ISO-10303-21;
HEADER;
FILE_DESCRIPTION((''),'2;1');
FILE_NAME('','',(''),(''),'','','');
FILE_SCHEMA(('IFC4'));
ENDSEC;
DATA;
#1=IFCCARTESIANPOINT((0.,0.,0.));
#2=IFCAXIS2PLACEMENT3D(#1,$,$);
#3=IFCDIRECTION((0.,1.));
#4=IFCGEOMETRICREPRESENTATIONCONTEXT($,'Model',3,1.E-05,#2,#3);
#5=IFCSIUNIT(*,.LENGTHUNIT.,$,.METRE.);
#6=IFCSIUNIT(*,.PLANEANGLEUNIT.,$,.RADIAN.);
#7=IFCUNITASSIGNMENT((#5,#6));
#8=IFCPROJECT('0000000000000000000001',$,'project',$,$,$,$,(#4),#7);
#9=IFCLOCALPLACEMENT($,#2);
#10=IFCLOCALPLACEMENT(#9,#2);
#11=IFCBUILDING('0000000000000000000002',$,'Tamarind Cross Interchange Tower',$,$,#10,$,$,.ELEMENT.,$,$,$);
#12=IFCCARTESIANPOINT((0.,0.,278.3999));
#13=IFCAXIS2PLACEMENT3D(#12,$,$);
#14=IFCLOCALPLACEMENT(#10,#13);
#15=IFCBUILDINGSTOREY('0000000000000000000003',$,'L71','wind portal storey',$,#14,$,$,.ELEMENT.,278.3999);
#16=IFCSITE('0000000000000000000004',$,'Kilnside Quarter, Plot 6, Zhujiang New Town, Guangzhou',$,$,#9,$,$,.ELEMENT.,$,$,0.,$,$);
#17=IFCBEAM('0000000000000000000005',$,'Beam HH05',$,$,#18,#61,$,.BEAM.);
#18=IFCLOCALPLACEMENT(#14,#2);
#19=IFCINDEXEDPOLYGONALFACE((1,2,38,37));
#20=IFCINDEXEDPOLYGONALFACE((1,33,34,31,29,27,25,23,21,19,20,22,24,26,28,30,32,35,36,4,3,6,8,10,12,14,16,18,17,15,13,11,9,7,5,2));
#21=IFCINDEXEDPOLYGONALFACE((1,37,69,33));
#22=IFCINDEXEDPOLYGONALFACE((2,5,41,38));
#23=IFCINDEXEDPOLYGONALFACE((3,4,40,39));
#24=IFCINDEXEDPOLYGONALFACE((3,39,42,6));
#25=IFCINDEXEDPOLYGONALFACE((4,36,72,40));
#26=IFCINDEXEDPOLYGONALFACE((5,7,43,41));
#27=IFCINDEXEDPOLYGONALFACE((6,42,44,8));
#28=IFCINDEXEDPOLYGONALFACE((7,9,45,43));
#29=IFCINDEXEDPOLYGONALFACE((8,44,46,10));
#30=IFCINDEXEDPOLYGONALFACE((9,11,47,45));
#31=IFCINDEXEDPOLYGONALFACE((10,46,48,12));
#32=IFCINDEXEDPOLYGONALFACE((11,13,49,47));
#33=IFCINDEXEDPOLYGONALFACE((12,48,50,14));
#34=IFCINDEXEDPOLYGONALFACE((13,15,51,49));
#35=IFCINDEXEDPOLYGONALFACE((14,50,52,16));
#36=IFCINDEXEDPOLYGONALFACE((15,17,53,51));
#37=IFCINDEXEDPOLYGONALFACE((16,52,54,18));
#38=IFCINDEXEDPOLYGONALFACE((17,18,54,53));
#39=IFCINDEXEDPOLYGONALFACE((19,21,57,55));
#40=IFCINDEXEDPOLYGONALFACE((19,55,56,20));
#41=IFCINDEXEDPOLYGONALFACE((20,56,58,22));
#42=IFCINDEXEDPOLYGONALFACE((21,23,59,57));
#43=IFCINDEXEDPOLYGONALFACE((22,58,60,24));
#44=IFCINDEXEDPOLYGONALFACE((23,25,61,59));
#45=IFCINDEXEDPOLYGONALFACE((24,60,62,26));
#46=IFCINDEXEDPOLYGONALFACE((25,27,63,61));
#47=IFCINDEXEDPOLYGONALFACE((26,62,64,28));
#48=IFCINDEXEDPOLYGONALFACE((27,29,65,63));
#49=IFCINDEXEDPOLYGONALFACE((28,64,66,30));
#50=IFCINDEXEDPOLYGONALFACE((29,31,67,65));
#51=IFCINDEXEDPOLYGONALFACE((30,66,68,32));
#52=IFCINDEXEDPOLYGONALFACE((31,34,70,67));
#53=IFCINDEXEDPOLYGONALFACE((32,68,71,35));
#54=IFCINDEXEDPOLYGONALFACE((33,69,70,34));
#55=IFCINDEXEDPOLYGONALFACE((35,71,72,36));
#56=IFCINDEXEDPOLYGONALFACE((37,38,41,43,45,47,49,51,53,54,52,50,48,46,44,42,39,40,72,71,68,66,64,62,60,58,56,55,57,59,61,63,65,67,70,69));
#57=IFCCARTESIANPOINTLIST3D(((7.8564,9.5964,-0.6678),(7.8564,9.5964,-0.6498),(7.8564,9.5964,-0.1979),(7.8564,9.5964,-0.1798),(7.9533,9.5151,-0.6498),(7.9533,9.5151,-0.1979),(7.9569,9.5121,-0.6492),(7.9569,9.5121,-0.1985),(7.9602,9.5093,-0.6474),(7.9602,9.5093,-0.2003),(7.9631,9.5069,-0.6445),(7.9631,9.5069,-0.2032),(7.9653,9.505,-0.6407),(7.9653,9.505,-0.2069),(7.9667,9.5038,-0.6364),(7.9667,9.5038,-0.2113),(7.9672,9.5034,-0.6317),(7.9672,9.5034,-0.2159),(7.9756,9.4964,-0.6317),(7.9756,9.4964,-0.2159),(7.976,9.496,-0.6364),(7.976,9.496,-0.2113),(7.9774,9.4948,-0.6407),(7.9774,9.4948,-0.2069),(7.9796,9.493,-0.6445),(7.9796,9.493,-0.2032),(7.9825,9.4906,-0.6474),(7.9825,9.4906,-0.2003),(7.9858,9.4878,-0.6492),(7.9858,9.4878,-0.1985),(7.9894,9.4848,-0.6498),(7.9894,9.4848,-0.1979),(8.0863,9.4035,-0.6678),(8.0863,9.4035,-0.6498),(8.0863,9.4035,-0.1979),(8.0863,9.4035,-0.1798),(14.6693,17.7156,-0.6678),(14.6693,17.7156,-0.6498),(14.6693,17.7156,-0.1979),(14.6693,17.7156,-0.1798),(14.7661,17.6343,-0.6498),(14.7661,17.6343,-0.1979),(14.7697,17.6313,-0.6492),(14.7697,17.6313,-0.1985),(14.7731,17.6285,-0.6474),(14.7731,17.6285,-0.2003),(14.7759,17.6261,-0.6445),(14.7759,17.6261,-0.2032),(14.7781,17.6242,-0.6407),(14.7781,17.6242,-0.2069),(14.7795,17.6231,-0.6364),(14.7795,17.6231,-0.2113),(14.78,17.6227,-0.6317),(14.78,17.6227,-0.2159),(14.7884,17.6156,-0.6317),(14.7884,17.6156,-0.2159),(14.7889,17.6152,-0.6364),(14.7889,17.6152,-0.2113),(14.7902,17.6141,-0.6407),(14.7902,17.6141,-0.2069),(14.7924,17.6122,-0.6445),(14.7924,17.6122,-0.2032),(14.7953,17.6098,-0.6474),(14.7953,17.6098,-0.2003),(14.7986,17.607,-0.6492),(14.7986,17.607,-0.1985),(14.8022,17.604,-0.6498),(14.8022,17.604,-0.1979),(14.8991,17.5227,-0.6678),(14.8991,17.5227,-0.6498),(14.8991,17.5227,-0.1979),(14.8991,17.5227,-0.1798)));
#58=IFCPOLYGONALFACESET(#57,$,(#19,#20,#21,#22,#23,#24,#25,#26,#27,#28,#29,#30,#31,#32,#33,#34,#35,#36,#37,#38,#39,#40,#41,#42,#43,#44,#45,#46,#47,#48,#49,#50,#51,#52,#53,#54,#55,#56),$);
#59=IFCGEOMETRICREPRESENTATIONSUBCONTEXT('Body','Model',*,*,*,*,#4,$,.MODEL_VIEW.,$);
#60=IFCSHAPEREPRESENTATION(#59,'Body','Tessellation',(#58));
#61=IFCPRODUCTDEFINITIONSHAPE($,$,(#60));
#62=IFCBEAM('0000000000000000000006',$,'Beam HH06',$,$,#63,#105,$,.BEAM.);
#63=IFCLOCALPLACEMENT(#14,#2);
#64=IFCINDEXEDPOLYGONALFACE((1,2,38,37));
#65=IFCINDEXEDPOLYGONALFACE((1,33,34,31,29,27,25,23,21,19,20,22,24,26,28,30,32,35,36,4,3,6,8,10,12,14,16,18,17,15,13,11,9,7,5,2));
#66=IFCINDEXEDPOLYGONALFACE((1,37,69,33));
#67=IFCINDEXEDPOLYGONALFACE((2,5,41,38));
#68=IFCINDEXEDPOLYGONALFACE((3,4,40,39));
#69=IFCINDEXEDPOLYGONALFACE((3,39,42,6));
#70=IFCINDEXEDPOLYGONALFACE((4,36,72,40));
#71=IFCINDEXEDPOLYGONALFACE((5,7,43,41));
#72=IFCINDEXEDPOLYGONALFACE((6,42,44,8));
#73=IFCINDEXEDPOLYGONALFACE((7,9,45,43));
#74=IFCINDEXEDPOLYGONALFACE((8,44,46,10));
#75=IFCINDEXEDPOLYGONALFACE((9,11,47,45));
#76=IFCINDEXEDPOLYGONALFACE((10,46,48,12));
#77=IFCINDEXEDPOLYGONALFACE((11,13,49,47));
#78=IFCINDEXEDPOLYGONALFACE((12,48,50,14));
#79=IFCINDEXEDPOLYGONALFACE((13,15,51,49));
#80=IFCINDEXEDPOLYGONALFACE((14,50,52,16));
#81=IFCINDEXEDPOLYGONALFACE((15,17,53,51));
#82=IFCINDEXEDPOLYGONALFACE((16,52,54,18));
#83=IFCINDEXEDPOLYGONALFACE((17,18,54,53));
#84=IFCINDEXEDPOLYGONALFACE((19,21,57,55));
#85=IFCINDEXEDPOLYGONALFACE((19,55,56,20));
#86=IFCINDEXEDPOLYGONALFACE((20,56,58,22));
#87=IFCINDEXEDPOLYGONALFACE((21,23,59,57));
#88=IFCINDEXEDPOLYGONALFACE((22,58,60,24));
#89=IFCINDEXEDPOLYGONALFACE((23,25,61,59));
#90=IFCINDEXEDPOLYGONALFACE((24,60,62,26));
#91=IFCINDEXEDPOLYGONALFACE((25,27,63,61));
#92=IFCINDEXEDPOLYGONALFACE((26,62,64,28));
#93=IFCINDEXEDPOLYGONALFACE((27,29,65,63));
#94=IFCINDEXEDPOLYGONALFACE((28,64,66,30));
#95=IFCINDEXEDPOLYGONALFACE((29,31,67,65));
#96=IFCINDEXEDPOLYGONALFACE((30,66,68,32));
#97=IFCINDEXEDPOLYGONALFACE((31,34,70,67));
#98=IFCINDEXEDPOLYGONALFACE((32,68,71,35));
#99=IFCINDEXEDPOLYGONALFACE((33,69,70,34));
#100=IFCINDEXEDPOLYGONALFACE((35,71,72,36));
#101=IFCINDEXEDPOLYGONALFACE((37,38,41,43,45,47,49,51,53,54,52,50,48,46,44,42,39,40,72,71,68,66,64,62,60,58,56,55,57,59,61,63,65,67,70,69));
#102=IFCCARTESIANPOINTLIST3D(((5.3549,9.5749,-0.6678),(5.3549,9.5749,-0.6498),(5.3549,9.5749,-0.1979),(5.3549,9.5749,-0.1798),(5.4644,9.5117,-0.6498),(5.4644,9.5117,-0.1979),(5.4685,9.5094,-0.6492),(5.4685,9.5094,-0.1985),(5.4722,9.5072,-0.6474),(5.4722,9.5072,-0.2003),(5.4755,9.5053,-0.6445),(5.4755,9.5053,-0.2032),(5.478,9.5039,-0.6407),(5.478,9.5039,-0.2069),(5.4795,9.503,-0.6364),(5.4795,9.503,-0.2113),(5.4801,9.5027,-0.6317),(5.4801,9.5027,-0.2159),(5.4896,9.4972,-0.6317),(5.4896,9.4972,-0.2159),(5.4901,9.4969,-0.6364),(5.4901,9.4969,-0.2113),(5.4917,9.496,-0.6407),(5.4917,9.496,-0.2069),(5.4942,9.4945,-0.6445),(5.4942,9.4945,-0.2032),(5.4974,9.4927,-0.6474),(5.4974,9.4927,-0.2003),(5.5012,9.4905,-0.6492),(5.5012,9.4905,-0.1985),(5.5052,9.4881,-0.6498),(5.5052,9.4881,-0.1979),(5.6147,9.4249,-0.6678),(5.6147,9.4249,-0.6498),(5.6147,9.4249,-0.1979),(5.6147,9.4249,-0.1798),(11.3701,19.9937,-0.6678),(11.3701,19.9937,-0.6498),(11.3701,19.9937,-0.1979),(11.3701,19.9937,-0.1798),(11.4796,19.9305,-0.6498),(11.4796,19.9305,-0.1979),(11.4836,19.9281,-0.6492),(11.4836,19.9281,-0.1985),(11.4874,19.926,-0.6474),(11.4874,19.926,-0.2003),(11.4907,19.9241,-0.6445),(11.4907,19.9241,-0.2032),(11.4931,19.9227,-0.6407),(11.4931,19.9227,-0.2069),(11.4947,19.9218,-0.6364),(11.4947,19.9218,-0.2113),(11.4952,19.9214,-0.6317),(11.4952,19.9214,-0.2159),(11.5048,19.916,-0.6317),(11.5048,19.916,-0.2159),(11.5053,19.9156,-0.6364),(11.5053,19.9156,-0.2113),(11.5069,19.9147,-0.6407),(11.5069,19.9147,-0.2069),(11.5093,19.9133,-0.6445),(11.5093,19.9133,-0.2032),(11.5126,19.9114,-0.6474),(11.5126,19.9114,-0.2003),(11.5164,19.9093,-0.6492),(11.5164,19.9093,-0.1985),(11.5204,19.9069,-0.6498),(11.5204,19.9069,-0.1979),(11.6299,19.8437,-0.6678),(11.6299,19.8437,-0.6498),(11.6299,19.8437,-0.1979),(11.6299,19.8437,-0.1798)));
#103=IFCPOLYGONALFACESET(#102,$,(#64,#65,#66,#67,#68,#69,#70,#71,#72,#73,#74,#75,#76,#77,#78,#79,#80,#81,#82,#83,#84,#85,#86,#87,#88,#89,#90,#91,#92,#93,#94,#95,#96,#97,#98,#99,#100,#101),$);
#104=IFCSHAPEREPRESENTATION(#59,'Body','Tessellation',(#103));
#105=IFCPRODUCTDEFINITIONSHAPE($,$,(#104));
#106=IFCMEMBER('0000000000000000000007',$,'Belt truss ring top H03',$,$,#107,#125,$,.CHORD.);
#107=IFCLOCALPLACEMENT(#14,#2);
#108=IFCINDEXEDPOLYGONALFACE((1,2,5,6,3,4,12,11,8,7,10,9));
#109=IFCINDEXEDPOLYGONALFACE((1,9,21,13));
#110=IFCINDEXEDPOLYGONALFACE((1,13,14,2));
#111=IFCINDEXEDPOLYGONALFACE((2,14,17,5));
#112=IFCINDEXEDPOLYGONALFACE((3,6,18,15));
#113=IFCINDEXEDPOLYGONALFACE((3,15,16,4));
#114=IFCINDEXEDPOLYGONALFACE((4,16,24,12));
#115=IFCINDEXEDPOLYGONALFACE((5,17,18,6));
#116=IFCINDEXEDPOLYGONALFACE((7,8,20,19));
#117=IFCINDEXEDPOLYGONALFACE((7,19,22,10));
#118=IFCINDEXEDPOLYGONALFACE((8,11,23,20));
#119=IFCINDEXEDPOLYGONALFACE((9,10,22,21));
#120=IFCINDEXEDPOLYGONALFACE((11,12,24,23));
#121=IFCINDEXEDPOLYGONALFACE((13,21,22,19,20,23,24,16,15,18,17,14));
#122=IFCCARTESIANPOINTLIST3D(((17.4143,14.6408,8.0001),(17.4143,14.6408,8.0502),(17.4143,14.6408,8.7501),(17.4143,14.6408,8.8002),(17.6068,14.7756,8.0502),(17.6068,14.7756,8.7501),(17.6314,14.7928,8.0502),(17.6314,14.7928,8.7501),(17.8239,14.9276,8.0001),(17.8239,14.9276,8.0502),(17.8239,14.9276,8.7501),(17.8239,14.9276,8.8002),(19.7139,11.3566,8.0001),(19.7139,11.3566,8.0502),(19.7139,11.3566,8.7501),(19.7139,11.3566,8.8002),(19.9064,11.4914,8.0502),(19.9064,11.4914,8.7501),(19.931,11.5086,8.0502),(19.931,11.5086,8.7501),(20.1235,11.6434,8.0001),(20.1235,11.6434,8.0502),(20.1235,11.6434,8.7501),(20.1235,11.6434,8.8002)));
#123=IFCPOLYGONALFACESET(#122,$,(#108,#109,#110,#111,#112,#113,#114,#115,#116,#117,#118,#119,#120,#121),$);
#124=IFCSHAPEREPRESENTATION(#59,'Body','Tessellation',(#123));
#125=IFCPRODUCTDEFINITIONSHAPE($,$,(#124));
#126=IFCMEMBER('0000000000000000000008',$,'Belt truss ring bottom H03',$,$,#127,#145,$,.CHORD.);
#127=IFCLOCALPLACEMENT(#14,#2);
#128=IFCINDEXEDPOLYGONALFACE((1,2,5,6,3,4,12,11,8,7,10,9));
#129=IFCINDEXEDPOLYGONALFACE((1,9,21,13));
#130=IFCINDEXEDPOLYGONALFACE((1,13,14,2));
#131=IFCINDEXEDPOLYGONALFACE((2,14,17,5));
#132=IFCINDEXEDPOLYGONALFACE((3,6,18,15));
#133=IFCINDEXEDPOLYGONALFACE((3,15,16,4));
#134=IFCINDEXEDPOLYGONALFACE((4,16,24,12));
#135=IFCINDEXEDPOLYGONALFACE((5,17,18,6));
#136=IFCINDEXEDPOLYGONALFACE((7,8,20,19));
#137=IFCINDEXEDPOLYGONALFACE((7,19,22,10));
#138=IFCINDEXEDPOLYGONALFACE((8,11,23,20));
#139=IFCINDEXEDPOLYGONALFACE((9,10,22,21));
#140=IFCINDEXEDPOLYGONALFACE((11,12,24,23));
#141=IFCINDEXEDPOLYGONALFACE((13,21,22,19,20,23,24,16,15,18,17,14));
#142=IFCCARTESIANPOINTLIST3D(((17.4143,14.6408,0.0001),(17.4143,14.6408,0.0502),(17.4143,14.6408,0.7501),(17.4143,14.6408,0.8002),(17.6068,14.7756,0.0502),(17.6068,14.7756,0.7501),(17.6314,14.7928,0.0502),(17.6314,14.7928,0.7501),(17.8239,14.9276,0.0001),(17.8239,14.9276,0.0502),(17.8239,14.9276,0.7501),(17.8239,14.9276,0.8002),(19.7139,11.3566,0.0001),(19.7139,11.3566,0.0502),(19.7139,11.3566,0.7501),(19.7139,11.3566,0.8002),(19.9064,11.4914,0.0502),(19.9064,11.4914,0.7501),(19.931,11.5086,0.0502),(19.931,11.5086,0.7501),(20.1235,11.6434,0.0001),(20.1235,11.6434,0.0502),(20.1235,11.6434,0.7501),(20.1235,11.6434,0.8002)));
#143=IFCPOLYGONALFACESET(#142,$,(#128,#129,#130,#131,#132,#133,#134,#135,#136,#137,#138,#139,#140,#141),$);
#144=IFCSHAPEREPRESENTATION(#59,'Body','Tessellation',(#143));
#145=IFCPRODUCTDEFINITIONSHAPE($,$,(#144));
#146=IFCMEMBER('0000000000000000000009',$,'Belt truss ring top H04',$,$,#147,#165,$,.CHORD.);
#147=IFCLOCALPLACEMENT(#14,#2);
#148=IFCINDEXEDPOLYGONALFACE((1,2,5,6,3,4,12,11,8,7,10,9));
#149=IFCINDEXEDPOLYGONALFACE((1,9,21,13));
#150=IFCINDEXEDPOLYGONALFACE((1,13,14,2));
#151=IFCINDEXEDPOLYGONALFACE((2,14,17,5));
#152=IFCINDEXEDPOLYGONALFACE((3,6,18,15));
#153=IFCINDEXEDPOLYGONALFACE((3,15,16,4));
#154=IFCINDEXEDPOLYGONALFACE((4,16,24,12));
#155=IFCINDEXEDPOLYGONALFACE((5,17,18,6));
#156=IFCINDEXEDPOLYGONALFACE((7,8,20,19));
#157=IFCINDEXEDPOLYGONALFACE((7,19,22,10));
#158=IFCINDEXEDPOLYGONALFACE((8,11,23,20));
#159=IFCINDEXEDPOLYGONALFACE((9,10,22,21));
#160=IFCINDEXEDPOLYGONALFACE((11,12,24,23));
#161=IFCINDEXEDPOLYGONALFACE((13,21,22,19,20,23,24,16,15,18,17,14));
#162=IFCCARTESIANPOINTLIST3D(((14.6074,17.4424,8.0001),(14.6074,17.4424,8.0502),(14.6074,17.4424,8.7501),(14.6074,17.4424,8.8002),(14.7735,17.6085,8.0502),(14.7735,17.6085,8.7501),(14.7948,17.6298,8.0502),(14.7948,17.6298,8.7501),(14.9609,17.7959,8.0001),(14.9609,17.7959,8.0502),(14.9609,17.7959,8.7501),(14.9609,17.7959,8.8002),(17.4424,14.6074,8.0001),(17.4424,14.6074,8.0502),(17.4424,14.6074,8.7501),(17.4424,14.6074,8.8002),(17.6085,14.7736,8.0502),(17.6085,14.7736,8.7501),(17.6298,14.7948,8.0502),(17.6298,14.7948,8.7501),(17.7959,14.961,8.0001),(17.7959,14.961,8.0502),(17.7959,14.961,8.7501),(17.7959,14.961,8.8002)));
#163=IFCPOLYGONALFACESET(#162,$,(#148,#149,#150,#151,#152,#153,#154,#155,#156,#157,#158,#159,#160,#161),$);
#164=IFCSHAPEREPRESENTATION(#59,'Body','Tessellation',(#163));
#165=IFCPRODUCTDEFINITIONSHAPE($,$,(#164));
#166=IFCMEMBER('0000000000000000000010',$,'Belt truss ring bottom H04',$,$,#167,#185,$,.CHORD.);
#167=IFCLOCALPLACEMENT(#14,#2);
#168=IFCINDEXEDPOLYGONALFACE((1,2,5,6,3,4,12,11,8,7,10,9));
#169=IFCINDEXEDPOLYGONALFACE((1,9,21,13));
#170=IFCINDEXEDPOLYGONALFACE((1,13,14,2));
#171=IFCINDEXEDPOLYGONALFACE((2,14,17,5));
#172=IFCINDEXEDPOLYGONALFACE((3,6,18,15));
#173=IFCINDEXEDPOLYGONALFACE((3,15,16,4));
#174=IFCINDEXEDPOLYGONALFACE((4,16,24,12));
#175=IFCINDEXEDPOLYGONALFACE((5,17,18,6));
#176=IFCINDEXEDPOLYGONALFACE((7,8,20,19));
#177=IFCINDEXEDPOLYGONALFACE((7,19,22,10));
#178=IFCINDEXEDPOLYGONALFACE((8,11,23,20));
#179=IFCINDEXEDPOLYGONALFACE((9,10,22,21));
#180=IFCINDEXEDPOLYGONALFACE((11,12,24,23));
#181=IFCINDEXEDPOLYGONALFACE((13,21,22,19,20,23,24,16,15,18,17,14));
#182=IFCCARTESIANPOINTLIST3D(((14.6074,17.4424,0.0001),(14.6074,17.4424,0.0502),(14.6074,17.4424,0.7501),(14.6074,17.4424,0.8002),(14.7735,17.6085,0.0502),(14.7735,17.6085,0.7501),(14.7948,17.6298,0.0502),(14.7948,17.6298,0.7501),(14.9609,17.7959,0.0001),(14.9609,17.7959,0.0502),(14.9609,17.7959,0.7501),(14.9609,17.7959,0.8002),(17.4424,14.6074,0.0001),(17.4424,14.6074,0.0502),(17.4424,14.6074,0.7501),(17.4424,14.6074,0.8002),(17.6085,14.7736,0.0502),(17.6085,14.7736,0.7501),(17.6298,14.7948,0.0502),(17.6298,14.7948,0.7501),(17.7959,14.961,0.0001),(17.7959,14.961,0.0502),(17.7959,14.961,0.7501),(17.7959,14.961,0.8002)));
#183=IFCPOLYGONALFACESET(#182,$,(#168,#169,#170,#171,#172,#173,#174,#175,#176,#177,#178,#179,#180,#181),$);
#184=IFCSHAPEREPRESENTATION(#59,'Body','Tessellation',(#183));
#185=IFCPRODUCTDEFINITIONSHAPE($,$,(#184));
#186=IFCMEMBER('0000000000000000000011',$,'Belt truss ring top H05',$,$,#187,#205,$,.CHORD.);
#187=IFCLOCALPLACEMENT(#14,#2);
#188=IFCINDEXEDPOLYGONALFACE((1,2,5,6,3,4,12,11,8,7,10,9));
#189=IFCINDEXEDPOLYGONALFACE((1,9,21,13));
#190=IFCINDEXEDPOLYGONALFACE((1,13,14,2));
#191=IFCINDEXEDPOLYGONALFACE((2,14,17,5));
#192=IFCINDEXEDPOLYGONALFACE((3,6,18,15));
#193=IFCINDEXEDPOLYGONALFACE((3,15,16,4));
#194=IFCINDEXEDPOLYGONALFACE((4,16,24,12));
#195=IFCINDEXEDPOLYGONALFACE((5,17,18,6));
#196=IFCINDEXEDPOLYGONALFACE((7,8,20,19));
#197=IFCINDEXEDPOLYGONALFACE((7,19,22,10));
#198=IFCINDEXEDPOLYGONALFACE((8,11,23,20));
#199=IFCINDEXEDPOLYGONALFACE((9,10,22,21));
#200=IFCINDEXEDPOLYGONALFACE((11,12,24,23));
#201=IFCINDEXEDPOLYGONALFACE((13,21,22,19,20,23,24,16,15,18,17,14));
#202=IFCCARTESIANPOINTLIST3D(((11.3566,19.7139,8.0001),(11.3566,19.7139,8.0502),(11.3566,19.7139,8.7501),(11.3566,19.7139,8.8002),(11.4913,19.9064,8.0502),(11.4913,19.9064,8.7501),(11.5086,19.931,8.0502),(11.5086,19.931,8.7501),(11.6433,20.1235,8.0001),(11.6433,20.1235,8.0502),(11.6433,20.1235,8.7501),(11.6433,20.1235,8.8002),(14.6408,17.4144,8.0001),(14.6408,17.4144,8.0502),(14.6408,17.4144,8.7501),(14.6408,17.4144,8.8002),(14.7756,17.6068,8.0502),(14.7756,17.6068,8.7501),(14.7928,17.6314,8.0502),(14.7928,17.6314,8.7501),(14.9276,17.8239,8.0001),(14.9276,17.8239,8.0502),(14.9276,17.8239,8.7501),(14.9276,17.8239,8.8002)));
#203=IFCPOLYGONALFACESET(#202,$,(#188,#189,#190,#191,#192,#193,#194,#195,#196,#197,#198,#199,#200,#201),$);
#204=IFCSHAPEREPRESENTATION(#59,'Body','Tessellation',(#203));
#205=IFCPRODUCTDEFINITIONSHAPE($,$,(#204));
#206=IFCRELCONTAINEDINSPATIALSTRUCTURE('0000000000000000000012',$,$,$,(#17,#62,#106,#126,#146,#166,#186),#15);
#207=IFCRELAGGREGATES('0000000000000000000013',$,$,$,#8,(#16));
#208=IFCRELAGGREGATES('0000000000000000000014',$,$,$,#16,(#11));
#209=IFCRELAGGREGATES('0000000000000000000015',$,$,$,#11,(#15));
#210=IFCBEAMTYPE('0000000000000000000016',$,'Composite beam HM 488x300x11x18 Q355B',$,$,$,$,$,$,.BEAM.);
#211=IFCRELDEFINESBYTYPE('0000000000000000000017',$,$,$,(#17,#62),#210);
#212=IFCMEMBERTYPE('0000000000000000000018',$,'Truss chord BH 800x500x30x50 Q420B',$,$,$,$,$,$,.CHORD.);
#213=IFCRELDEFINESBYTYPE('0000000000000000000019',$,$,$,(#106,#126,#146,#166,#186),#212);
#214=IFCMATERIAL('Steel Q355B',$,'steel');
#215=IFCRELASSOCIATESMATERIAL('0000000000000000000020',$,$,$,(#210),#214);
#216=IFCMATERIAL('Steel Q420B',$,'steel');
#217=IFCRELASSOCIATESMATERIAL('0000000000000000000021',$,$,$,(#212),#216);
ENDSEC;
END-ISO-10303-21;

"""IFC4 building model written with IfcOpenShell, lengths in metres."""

from ifc_helpers import new_model, si_unit, direction, frame, origin, origin_2d, place, context, subcontext, project, spatial, i_section, extrude, material, material_profile, profile_set, type_object, element, save


model = new_model("IFC4")

# Units and contexts
model_context = context("Model", 3, precision=1e-05, world=origin(), true_north=direction((0.0, 1.0)))
body_context = subcontext(model_context, "Body", "Model", "MODEL_VIEW")
ifc_project = project(units=[si_unit("LENGTHUNIT", "METRE"), si_unit("PLANEANGLEUNIT", "RADIAN")], contexts=[model_context])

# Site, building, storey
site_placement = place(None, origin())
site = spatial("IfcSite", under=ifc_project, at=site_placement, Name="Kilnside Quarter, Plot 6, Zhujiang New Town, Guangzhou", CompositionType="ELEMENT", RefElevation=0.0)
building_placement = place(site_placement, origin())
building = spatial("IfcBuilding", under=site, at=building_placement, Name="Tamarind Cross Interchange Tower", CompositionType="ELEMENT")
storey_placement = place(building_placement, frame((0.0, 0.0, 278.3999)))
storey = spatial("IfcBuildingStorey", under=building, at=storey_placement, Name="L71", Description="wind portal storey", CompositionType="ELEMENT", Elevation=278.3999)

# Beams
ifc_material_1 = material(Name="Steel Q355B", Category="steel")
ifc_material_profile_1 = material_profile(ifc_material_1, i_section(OverallWidth=0.3, OverallDepth=0.488, WebThickness=0.011, FlangeThickness=0.0181, FilletRadius=0.0181, at=origin_2d()), Name="HM 488x300x11x18")
ifc_profile_set_1 = profile_set([ifc_material_profile_1], Name="Steel Q355B")
beam_type = type_object("IfcBeamType", Name="Composite beam HM 488x300x11x18 Q355B", PredefinedType="BEAM", material=ifc_profile_set_1)
beam_1_placement = place(storey_placement, frame((14.7842, 17.6191, -0.4238), z_axis=(-0.642786, -0.766046, 0.0), x_axis=(0.766046, -0.642786, 0.0)))
element("IfcBeam", 1, at=beam_1_placement, inside=storey, type_object=beam_type, Name="Beam HH05", PredefinedType="BEAM", context=body_context, shape_type="SweptSolid", body=[
    extrude(i_section(OverallWidth=0.3, OverallDepth=0.488, WebThickness=0.011, FlangeThickness=0.0181, FilletRadius=0.0181, at=origin_2d()), origin(), (0.0, 0.0, 1.0), 10.5989),
])
beam_2_placement = place(storey_placement, frame((11.5, 19.9187, -0.4238), z_axis=(-0.499994, -0.866029, 0.0), x_axis=(0.866029, -0.499994, 0.0)))
element("IfcBeam", 2, at=beam_2_placement, inside=storey, type_object=beam_type, Name="Beam HH06", PredefinedType="BEAM", context=body_context, shape_type="SweptSolid", body=[
    extrude(i_section(OverallWidth=0.3, OverallDepth=0.488, WebThickness=0.011, FlangeThickness=0.0181, FilletRadius=0.0181, at=origin_2d()), origin(), (0.0, 0.0, 1.0), 12.0305),
])

# Members
ifc_material_2 = material(Name="Steel Q420B", Category="steel")
ifc_material_profile_2 = material_profile(ifc_material_2, i_section(OverallWidth=0.5, OverallDepth=0.8, WebThickness=0.03, FlangeThickness=0.05, at=origin_2d()), Name="BH 800x500x30x50")
ifc_profile_set_2 = profile_set([ifc_material_profile_2], Name="Steel Q420B")
member_type_1 = type_object("IfcMemberType", Name="Truss chord BH 800x500x30x50 Q420B", PredefinedType="CHORD", material=ifc_profile_set_2)
for number, where, z_axis, x_axis, name in (
    (3, (19.9187, 11.5, 8.4001), (-0.573569, 0.819158, 0.0), (-0.819158, -0.573569, 0.0), "Belt truss ring top H03"),
    (4, (19.9187, 11.5, 0.4001), (-0.573569, 0.819158, 0.0), (-0.819158, -0.573569, 0.0), "Belt truss ring bottom H03"),
    (5, (17.6191, 14.7842, 8.4001), (-0.707107, 0.707107, 0.0), (-0.707107, -0.707107, 0.0), "Belt truss ring top H04"),
    (6, (17.6191, 14.7842, 0.4001), (-0.707107, 0.707107, 0.0), (-0.707107, -0.707107, 0.0), "Belt truss ring bottom H04"),
    (7, (14.7842, 17.6191, 8.4001), (-0.819158, 0.573569, 0.0), (-0.573569, -0.819158, 0.0), "Belt truss ring top H05"),
):
    element("IfcMember", number, at=place(storey_placement, frame(where, z_axis=z_axis, x_axis=x_axis)), inside=storey, type_object=member_type_1, Name=name, PredefinedType="CHORD", context=body_context, shape_type="SweptSolid", body=[
        extrude(i_section(OverallWidth=0.5, OverallDepth=0.8, WebThickness=0.03, FlangeThickness=0.05, at=origin_2d()), origin(), (0.0, 0.0, 1.0), 4.0093),
    ])

save(model, "model.ifc")
